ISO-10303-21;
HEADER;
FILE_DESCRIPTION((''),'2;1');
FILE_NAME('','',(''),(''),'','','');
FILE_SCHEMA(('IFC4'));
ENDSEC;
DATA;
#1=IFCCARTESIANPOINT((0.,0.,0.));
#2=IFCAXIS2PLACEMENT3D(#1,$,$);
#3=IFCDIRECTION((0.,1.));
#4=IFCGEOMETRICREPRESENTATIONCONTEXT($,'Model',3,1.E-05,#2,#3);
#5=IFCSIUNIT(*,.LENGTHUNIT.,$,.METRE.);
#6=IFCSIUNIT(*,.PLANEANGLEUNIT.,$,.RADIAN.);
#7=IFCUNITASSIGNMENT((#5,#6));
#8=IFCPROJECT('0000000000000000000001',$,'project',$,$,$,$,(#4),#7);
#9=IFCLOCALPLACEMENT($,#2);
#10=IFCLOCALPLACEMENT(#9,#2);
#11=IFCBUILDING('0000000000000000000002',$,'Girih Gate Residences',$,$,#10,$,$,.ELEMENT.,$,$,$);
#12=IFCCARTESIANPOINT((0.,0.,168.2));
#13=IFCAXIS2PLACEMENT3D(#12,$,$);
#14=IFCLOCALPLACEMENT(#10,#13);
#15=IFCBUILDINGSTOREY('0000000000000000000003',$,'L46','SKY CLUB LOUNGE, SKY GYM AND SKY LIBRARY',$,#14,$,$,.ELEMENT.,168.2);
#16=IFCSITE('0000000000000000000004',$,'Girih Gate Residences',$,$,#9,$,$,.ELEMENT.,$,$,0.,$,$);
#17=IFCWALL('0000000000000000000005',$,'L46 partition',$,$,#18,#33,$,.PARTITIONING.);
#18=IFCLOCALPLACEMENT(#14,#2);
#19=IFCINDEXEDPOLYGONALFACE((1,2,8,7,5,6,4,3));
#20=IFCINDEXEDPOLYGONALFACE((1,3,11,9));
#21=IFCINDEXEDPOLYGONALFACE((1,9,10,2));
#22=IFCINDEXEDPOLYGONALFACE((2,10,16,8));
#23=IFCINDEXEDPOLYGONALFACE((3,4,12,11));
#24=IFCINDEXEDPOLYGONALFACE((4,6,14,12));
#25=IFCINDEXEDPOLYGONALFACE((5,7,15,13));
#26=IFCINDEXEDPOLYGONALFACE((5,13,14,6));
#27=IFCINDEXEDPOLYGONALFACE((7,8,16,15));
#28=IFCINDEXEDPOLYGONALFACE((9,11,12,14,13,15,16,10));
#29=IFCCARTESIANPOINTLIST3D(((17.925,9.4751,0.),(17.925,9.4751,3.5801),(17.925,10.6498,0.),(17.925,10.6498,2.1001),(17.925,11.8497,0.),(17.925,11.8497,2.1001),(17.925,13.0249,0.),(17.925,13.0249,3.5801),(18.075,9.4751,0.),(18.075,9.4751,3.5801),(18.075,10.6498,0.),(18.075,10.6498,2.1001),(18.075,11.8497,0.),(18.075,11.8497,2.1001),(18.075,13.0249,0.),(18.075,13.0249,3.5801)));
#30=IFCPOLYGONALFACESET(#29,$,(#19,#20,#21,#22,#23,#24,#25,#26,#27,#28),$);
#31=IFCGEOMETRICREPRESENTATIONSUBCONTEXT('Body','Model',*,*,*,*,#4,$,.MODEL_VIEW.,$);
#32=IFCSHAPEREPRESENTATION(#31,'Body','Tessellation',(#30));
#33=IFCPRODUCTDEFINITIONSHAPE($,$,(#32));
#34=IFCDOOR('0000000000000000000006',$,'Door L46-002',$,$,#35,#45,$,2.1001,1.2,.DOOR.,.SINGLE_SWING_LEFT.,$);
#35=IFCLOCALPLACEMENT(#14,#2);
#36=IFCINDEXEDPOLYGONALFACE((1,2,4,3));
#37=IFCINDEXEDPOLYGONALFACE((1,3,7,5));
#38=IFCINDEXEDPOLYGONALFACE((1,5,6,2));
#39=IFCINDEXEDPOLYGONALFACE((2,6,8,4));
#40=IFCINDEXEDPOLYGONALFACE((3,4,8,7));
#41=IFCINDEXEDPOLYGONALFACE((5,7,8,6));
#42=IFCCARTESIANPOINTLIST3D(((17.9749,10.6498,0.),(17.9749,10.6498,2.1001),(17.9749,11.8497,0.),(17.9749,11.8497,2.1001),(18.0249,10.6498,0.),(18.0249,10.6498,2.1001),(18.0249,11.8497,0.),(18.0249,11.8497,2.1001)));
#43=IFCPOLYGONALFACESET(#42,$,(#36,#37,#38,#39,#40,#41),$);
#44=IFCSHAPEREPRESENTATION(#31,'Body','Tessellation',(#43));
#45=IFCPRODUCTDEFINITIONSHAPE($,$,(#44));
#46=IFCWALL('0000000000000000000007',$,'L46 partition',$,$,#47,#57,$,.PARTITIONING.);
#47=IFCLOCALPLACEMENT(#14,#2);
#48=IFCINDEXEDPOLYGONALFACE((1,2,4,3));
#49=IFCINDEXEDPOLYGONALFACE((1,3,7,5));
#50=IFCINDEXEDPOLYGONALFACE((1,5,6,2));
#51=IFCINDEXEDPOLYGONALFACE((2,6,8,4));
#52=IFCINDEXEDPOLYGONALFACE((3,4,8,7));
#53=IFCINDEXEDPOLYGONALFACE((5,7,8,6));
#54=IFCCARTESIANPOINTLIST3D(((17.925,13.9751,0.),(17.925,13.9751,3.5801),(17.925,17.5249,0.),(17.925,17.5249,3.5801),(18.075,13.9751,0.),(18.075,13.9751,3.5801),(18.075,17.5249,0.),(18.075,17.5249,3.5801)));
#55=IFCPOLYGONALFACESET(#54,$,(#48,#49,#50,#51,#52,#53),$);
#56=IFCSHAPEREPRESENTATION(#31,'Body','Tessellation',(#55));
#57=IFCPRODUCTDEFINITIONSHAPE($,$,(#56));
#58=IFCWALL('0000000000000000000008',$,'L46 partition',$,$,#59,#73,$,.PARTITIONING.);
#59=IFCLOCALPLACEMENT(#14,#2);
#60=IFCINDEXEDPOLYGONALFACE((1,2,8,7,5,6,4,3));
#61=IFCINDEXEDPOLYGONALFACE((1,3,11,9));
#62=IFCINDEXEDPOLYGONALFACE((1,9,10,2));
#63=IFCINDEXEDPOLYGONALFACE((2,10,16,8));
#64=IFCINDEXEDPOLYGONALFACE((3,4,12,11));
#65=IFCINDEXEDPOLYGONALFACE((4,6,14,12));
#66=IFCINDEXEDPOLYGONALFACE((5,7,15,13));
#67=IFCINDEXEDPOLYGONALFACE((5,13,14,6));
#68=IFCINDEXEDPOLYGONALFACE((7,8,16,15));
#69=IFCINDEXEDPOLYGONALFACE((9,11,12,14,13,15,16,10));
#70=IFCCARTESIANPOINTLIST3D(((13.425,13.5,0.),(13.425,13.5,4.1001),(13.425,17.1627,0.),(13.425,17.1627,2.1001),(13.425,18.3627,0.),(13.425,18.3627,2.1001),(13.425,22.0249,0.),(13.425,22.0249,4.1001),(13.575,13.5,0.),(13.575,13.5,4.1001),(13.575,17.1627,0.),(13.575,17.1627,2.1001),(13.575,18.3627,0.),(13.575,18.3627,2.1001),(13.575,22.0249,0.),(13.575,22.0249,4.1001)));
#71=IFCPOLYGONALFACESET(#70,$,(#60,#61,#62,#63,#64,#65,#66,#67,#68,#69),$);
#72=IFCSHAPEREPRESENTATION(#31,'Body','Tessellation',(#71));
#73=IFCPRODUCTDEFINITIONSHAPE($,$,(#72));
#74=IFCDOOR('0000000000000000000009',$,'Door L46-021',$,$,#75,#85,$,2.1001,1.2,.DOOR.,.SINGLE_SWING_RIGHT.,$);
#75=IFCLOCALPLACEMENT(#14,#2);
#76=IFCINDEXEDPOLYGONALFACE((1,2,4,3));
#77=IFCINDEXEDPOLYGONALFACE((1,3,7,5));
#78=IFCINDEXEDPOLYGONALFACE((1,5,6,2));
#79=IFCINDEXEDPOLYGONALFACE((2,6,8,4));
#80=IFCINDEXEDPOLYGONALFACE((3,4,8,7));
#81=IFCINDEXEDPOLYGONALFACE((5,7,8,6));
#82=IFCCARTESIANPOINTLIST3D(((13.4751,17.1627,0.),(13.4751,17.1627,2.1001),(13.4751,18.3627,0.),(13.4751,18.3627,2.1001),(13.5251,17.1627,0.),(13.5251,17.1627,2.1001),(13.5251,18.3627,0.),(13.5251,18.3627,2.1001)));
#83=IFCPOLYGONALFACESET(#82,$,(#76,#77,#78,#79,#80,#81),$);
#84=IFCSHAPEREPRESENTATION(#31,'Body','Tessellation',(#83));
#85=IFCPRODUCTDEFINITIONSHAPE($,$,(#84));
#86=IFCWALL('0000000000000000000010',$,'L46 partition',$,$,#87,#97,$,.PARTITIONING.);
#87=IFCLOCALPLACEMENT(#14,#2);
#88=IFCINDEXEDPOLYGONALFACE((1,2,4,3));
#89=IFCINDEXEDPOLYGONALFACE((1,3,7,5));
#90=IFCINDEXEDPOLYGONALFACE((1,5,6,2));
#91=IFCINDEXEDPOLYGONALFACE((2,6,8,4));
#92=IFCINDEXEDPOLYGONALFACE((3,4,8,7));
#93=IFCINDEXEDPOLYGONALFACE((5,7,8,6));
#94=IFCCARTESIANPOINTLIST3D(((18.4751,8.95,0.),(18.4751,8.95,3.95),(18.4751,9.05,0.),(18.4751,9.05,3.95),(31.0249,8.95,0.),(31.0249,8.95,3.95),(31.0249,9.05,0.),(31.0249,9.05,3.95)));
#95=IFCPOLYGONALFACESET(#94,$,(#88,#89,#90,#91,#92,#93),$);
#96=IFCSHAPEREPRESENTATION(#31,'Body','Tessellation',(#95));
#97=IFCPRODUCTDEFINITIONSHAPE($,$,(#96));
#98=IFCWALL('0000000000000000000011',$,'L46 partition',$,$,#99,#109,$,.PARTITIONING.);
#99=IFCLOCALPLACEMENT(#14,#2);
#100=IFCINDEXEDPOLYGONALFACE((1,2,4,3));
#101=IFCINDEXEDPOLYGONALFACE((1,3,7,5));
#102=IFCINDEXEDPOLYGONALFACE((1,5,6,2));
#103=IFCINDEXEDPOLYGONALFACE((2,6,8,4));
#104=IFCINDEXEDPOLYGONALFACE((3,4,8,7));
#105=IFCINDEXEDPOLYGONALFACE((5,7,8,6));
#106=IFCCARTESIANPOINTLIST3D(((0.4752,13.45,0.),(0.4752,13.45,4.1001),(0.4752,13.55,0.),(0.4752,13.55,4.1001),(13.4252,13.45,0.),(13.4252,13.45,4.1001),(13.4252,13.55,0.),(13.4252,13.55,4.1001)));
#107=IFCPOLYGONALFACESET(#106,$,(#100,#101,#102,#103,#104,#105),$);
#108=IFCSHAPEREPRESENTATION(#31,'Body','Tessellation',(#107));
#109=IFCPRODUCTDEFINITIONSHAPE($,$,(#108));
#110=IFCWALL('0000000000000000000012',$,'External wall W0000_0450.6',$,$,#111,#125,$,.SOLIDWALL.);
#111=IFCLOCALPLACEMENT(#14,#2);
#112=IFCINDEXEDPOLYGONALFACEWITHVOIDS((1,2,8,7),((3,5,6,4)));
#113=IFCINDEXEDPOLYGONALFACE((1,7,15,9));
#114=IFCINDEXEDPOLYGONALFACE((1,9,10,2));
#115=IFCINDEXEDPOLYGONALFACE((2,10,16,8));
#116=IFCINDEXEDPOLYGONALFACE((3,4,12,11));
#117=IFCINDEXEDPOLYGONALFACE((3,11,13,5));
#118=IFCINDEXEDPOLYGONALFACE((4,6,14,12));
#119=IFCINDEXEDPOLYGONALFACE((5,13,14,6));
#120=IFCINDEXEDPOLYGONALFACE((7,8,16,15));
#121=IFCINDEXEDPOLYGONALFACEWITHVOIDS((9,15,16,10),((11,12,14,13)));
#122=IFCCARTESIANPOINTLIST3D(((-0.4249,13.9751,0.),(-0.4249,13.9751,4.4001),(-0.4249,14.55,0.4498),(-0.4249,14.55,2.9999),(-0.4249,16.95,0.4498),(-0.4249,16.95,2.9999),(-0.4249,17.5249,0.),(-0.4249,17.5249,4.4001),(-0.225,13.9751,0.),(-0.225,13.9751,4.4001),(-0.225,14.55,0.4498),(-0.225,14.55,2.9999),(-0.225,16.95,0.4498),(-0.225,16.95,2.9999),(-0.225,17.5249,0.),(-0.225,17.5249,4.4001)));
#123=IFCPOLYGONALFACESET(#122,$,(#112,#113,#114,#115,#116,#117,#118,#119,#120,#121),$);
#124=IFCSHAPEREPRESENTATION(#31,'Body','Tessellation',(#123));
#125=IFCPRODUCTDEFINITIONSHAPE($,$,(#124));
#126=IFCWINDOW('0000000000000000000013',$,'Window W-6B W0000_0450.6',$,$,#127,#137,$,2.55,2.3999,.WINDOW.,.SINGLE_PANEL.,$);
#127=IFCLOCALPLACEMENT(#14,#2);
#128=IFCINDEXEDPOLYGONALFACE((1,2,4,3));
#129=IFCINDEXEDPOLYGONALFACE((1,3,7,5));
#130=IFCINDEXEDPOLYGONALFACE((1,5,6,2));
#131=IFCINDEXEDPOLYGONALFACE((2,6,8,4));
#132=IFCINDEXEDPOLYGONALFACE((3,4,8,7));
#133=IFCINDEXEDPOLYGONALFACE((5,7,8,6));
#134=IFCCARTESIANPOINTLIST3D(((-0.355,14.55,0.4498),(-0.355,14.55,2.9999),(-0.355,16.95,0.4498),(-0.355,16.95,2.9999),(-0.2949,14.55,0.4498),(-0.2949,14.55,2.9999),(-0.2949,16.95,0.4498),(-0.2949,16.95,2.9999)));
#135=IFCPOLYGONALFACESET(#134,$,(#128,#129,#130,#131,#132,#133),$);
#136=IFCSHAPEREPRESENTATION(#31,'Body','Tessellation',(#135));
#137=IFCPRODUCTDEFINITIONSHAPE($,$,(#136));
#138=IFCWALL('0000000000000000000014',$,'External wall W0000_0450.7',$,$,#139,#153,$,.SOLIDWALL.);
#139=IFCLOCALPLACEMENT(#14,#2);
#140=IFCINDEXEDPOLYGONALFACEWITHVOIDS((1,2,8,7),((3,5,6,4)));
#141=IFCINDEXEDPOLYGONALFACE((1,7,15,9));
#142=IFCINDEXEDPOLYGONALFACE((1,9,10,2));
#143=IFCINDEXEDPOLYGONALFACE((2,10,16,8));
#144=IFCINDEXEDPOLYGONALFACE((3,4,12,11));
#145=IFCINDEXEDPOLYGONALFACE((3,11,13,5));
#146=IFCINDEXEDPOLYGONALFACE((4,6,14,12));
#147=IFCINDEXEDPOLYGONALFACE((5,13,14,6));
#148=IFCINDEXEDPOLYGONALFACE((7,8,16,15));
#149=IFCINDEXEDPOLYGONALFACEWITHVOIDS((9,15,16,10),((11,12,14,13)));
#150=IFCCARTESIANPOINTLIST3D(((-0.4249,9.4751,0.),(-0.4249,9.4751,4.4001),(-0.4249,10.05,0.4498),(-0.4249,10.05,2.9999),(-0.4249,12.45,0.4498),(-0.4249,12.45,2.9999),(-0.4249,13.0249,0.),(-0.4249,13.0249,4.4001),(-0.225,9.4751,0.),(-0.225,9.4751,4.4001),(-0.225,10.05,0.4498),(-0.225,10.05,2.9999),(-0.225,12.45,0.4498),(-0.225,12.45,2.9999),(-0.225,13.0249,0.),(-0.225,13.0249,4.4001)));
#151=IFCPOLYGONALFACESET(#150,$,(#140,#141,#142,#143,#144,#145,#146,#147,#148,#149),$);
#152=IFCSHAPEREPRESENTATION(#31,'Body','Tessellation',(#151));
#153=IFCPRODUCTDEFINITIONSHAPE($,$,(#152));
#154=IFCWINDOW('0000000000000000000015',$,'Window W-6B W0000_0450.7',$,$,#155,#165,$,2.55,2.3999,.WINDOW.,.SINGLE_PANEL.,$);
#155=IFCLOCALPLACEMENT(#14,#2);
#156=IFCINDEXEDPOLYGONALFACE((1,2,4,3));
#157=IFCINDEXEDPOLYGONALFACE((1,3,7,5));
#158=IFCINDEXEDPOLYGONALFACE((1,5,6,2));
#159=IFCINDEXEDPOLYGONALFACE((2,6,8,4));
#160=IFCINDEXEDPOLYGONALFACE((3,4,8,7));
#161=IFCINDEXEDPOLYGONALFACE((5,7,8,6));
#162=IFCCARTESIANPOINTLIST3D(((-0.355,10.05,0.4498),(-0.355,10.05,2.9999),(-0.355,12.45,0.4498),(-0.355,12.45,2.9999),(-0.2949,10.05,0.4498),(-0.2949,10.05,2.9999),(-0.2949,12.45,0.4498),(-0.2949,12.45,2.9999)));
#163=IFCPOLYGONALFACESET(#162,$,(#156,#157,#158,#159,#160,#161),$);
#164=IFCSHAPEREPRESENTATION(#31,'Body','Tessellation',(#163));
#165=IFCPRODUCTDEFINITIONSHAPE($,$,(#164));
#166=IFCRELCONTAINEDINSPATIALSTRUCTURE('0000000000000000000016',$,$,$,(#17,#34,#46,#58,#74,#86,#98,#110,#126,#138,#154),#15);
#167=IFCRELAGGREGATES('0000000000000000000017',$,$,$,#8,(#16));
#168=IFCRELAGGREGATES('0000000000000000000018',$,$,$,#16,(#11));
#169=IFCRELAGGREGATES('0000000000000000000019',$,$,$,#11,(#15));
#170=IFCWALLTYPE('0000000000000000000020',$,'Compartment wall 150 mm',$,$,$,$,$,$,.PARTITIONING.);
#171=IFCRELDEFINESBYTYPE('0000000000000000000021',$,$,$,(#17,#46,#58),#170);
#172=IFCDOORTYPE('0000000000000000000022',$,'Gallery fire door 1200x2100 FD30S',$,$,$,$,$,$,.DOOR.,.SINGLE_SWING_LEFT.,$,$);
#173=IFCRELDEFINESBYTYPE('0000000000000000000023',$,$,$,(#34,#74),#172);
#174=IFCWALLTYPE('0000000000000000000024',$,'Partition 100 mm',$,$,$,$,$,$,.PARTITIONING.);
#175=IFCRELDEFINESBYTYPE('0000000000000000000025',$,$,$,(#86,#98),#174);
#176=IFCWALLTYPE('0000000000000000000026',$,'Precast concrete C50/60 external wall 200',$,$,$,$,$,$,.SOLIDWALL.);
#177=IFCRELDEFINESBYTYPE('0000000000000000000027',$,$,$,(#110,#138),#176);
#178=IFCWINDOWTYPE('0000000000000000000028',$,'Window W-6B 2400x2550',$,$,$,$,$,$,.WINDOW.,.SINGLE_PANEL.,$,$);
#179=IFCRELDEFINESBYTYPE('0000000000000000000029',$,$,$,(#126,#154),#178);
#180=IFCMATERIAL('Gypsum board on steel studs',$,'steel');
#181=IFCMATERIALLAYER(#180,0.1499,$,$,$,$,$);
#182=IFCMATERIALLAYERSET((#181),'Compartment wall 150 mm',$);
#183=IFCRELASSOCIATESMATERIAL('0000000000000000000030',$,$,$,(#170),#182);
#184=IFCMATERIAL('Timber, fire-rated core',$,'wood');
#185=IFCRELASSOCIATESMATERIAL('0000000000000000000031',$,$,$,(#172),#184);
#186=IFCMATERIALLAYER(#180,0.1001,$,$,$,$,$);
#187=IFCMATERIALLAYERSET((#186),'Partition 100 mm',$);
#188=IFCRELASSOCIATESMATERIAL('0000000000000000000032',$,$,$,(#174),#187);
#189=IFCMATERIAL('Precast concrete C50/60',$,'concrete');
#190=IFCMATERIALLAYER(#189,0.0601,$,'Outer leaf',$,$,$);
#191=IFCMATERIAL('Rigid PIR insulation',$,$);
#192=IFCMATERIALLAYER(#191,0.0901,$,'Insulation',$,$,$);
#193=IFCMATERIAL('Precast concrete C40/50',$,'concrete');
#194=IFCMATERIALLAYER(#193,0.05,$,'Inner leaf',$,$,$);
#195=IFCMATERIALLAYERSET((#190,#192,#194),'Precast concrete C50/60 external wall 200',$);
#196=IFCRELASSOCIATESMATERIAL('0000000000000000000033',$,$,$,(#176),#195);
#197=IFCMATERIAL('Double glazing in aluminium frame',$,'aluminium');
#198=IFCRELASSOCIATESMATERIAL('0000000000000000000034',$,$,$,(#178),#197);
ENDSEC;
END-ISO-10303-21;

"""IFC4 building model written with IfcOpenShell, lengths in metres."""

from ifc_helpers import new_model, si_unit, direction, frame, frame_2d, origin, place, context, subcontext, project, spatial, rectangle, extrude, material, layer, layer_set, type_object, element, fill, save


model = new_model("IFC4")

# Units and contexts
model_context = context("Model", 3, precision=1e-05, world=origin(), true_north=direction((0.0, 1.0)))
body_context = subcontext(model_context, "Body", "Model", "MODEL_VIEW")
ifc_project = project(units=[si_unit("LENGTHUNIT", "METRE"), si_unit("PLANEANGLEUNIT", "RADIAN")], contexts=[model_context])

# Site, building, storey
site_placement = place(None, origin())
site = spatial("IfcSite", under=ifc_project, at=site_placement, Name="Girih Gate Residences", CompositionType="ELEMENT", RefElevation=0.0)
building_placement = place(site_placement, origin())
building = spatial("IfcBuilding", under=site, at=building_placement, Name="Girih Gate Residences", CompositionType="ELEMENT")
storey_placement = place(building_placement, frame((0.0, 0.0, 168.2)))
storey = spatial("IfcBuildingStorey", under=building, at=storey_placement, Name="L46", Description="SKY CLUB LOUNGE, SKY GYM AND SKY LIBRARY", CompositionType="ELEMENT", Elevation=168.2)

# Wall, opening, door
ifc_material_1 = material(Name="Gypsum board on steel studs", Category="steel")
ifc_layer_1 = layer(ifc_material_1, 0.1499)
ifc_layer_set_1 = layer_set([ifc_layer_1], Name="Compartment wall 150 mm")
wall_type_1 = type_object("IfcWallType", Name="Compartment wall 150 mm", PredefinedType="PARTITIONING", material=ifc_layer_set_1)
ifc_material_2 = material(Name="Timber, fire-rated core", Category="wood")
wall_1_placement = place(storey_placement, frame((18.0, 13.0249, 0.0), z_axis=(0.0, 0.0, 1.0), x_axis=(0.0, -1.0, 0.0)))
wall_1 = element("IfcWall", 1, at=wall_1_placement, inside=storey, type_object=wall_type_1, Name="L46 partition", PredefinedType="PARTITIONING", context=body_context, shape_type="SweptSolid", body=[
    extrude(rectangle(XDim=3.5498, YDim=0.1499, at=frame_2d((1.7749, 0.0))), origin(), (0.0, 0.0, 1.0), 3.5801),
])
opening_1_placement = place(wall_1_placement, frame((1.175, 0.0, 0.0)))
opening_1 = element("IfcOpeningElement", 2, at=opening_1_placement, cuts=wall_1, PredefinedType="OPENING", context=body_context, shape_type="SweptSolid", body=[
    extrude(rectangle(XDim=1.2, YDim=2.1001, at=frame_2d((0.6001, 1.05))), frame((0.0, 0.085, 0.0), z_axis=(0.0, -1.0, 0.0), x_axis=(1.0, 0.0, 0.0)), (0.0, 0.0, 1.0), 0.1699),
])
door_type_1 = type_object("IfcDoorType", Name="Gallery fire door 1200x2100 FD30S", OperationType="SINGLE_SWING_LEFT", PredefinedType="DOOR", material=ifc_material_2)
door_1_placement = place(opening_1_placement, origin())
door_1 = element("IfcDoor", 3, at=door_1_placement, inside=storey, type_object=door_type_1, Name="Door L46-002", OperationType="SINGLE_SWING_LEFT", OverallHeight=2.1001, OverallWidth=1.2, PredefinedType="DOOR", context=body_context, shape_type="SweptSolid", body=[
    extrude(rectangle(XDim=1.2, YDim=2.1001, at=frame_2d((0.6001, 1.05))), frame((0.0, 0.0249, 0.0), z_axis=(0.0, -1.0, 0.0), x_axis=(1.0, 0.0, 0.0)), (0.0, 0.0, 1.0), 0.05),
])
fill(opening_1, door_1)

# Wall
wall_2_placement = place(storey_placement, frame((18.0, 13.9751, 0.0), z_axis=(0.0, 0.0, 1.0), x_axis=(0.0, 1.0, 0.0)))
element("IfcWall", 4, at=wall_2_placement, inside=storey, type_object=wall_type_1, Name="L46 partition", PredefinedType="PARTITIONING", context=body_context, shape_type="SweptSolid", body=[
    extrude(rectangle(XDim=3.5498, YDim=0.1499, at=frame_2d((1.7749, 0.0))), origin(), (0.0, 0.0, 1.0), 3.5801),
])

# Wall, opening, door
wall_3_placement = place(storey_placement, frame((13.5, 13.5, 0.0), z_axis=(0.0, 0.0, 1.0), x_axis=(0.0, 1.0, 0.0)))
wall_3 = element("IfcWall", 5, at=wall_3_placement, inside=storey, type_object=wall_type_1, Name="L46 partition", PredefinedType="PARTITIONING", context=body_context, shape_type="SweptSolid", body=[
    extrude(rectangle(XDim=8.5249, YDim=0.1499, at=frame_2d((4.2625, 0.0))), origin(), (0.0, 0.0, 1.0), 4.1001),
])
opening_2_placement = place(wall_3_placement, frame((3.6626, 0.0, 0.0)))
opening_2 = element("IfcOpeningElement", 6, at=opening_2_placement, cuts=wall_3, PredefinedType="OPENING", context=body_context, shape_type="SweptSolid", body=[
    extrude(rectangle(XDim=1.2, YDim=2.1001, at=frame_2d((0.6001, 1.05))), frame((0.0, 0.085, 0.0), z_axis=(0.0, -1.0, 0.0), x_axis=(1.0, 0.0, 0.0)), (0.0, 0.0, 1.0), 0.1699),
])
door_2_placement = place(opening_2_placement, origin())
door_2 = element("IfcDoor", 7, at=door_2_placement, inside=storey, type_object=door_type_1, Name="Door L46-021", OperationType="SINGLE_SWING_RIGHT", OverallHeight=2.1001, OverallWidth=1.2, PredefinedType="DOOR", context=body_context, shape_type="SweptSolid", body=[
    extrude(rectangle(XDim=1.2, YDim=2.1001, at=frame_2d((0.6001, 1.05))), frame((0.0, 0.0249, 0.0), z_axis=(0.0, -1.0, 0.0), x_axis=(1.0, 0.0, 0.0)), (0.0, 0.0, 1.0), 0.05),
])
fill(opening_2, door_2)

# Walls
ifc_layer_2 = layer(ifc_material_1, 0.1001)
ifc_layer_set_2 = layer_set([ifc_layer_2], Name="Partition 100 mm")
wall_type_2 = type_object("IfcWallType", Name="Partition 100 mm", PredefinedType="PARTITIONING", material=ifc_layer_set_2)
wall_4_placement = place(storey_placement, frame((18.4751, 9.0, 0.0), z_axis=(0.0, 0.0, 1.0), x_axis=(1.0, 0.0, 0.0)))
element("IfcWall", 8, at=wall_4_placement, inside=storey, type_object=wall_type_2, Name="L46 partition", PredefinedType="PARTITIONING", context=body_context, shape_type="SweptSolid", body=[
    extrude(rectangle(XDim=12.5498, YDim=0.1001, at=frame_2d((6.2749, 0.0))), origin(), (0.0, 0.0, 1.0), 3.95),
])
wall_5_placement = place(storey_placement, frame((0.4751, 13.5, 0.0), z_axis=(0.0, 0.0, 1.0), x_axis=(1.0, 0.0, 0.0)))
element("IfcWall", 9, at=wall_5_placement, inside=storey, type_object=wall_type_2, Name="L46 partition", PredefinedType="PARTITIONING", context=body_context, shape_type="SweptSolid", body=[
    extrude(rectangle(XDim=12.95, YDim=0.1001, at=frame_2d((6.4751, 0.0))), origin(), (0.0, 0.0, 1.0), 4.1001),
])

# Walls, openings, windows
ifc_material_3 = material(Name="Precast concrete C50/60", Category="concrete")
ifc_layer_3 = layer(ifc_material_3, 0.0601, Name="Outer leaf")
ifc_material_4 = material(Name="Rigid PIR insulation")
ifc_layer_4 = layer(ifc_material_4, 0.0901, Name="Insulation")
ifc_material_5 = material(Name="Precast concrete C40/50", Category="concrete")
ifc_layer_5 = layer(ifc_material_5, 0.05, Name="Inner leaf")
ifc_layer_set_3 = layer_set([ifc_layer_3, ifc_layer_4, ifc_layer_5], Name="Precast concrete C50/60 external wall 200")
wall_type_3 = type_object("IfcWallType", Name="Precast concrete C50/60 external wall 200", PredefinedType="SOLIDWALL", material=ifc_layer_set_3)
wall_6_placement = place(storey_placement, frame((-0.325, 13.9751, 0.0), z_axis=(0.0, 0.0, 1.0), x_axis=(0.0, 1.0, 0.0)))
wall_6 = element("IfcWall", 10, at=wall_6_placement, inside=storey, type_object=wall_type_3, Name="External wall W0000_0450.6", PredefinedType="SOLIDWALL", context=body_context, shape_type="SweptSolid", body=[
    extrude(rectangle(XDim=3.5498, YDim=0.2, at=frame_2d((1.7749, 0.0))), origin(), (0.0, 0.0, 1.0), 4.4001),
])
opening_3_placement = place(wall_6_placement, frame((0.575, 0.0, 0.45)))
opening_3 = element("IfcOpeningElement", 11, at=opening_3_placement, cuts=wall_6, PredefinedType="OPENING", context=body_context, shape_type="SweptSolid", body=[
    extrude(rectangle(XDim=2.3999, YDim=2.55, at=frame_2d((1.2, 1.2749))), frame((0.0, 0.1099, 0.0), z_axis=(0.0, -1.0, 0.0), x_axis=(1.0, 0.0, 0.0)), (0.0, 0.0, 1.0), 0.22),
])
ifc_material_6 = material(Name="Double glazing in aluminium frame", Category="aluminium")
window_type = type_object("IfcWindowType", Name="Window W-6B 2400x2550", PartitioningType="SINGLE_PANEL", PredefinedType="WINDOW", material=ifc_material_6)
window_1_placement = place(opening_3_placement, origin())
window_1 = element("IfcWindow", 12, at=window_1_placement, inside=storey, type_object=window_type, Name="Window W-6B W0000_0450.6", OverallHeight=2.55, OverallWidth=2.3999, PartitioningType="SINGLE_PANEL", PredefinedType="WINDOW", context=body_context, shape_type="SweptSolid", body=[
    extrude(rectangle(XDim=2.3999, YDim=2.55, at=frame_2d((1.2, 1.2749))), frame((0.0, 0.03, 0.0), z_axis=(0.0, -1.0, 0.0), x_axis=(1.0, 0.0, 0.0)), (0.0, 0.0, 1.0), 0.0601),
])
fill(opening_3, window_1)
wall_7_placement = place(storey_placement, frame((-0.325, 9.4751, 0.0), z_axis=(0.0, 0.0, 1.0), x_axis=(0.0, 1.0, 0.0)))
wall_7 = element("IfcWall", 13, at=wall_7_placement, inside=storey, type_object=wall_type_3, Name="External wall W0000_0450.7", PredefinedType="SOLIDWALL", context=body_context, shape_type="SweptSolid", body=[
    extrude(rectangle(XDim=3.5498, YDim=0.2, at=frame_2d((1.7749, 0.0))), origin(), (0.0, 0.0, 1.0), 4.4001),
])
opening_4_placement = place(wall_7_placement, frame((0.575, 0.0, 0.45)))
opening_4 = element("IfcOpeningElement", 14, at=opening_4_placement, cuts=wall_7, PredefinedType="OPENING", context=body_context, shape_type="SweptSolid", body=[
    extrude(rectangle(XDim=2.3999, YDim=2.55, at=frame_2d((1.2, 1.2749))), frame((0.0, 0.1099, 0.0), z_axis=(0.0, -1.0, 0.0), x_axis=(1.0, 0.0, 0.0)), (0.0, 0.0, 1.0), 0.22),
])
window_2_placement = place(opening_4_placement, origin())
window_2 = element("IfcWindow", 15, at=window_2_placement, inside=storey, type_object=window_type, Name="Window W-6B W0000_0450.7", OverallHeight=2.55, OverallWidth=2.3999, PartitioningType="SINGLE_PANEL", PredefinedType="WINDOW", context=body_context, shape_type="SweptSolid", body=[
    extrude(rectangle(XDim=2.3999, YDim=2.55, at=frame_2d((1.2, 1.2749))), frame((0.0, 0.03, 0.0), z_axis=(0.0, -1.0, 0.0), x_axis=(1.0, 0.0, 0.0)), (0.0, 0.0, 1.0), 0.0601),
])
fill(opening_4, window_2)

save(model, "model.ifc")
